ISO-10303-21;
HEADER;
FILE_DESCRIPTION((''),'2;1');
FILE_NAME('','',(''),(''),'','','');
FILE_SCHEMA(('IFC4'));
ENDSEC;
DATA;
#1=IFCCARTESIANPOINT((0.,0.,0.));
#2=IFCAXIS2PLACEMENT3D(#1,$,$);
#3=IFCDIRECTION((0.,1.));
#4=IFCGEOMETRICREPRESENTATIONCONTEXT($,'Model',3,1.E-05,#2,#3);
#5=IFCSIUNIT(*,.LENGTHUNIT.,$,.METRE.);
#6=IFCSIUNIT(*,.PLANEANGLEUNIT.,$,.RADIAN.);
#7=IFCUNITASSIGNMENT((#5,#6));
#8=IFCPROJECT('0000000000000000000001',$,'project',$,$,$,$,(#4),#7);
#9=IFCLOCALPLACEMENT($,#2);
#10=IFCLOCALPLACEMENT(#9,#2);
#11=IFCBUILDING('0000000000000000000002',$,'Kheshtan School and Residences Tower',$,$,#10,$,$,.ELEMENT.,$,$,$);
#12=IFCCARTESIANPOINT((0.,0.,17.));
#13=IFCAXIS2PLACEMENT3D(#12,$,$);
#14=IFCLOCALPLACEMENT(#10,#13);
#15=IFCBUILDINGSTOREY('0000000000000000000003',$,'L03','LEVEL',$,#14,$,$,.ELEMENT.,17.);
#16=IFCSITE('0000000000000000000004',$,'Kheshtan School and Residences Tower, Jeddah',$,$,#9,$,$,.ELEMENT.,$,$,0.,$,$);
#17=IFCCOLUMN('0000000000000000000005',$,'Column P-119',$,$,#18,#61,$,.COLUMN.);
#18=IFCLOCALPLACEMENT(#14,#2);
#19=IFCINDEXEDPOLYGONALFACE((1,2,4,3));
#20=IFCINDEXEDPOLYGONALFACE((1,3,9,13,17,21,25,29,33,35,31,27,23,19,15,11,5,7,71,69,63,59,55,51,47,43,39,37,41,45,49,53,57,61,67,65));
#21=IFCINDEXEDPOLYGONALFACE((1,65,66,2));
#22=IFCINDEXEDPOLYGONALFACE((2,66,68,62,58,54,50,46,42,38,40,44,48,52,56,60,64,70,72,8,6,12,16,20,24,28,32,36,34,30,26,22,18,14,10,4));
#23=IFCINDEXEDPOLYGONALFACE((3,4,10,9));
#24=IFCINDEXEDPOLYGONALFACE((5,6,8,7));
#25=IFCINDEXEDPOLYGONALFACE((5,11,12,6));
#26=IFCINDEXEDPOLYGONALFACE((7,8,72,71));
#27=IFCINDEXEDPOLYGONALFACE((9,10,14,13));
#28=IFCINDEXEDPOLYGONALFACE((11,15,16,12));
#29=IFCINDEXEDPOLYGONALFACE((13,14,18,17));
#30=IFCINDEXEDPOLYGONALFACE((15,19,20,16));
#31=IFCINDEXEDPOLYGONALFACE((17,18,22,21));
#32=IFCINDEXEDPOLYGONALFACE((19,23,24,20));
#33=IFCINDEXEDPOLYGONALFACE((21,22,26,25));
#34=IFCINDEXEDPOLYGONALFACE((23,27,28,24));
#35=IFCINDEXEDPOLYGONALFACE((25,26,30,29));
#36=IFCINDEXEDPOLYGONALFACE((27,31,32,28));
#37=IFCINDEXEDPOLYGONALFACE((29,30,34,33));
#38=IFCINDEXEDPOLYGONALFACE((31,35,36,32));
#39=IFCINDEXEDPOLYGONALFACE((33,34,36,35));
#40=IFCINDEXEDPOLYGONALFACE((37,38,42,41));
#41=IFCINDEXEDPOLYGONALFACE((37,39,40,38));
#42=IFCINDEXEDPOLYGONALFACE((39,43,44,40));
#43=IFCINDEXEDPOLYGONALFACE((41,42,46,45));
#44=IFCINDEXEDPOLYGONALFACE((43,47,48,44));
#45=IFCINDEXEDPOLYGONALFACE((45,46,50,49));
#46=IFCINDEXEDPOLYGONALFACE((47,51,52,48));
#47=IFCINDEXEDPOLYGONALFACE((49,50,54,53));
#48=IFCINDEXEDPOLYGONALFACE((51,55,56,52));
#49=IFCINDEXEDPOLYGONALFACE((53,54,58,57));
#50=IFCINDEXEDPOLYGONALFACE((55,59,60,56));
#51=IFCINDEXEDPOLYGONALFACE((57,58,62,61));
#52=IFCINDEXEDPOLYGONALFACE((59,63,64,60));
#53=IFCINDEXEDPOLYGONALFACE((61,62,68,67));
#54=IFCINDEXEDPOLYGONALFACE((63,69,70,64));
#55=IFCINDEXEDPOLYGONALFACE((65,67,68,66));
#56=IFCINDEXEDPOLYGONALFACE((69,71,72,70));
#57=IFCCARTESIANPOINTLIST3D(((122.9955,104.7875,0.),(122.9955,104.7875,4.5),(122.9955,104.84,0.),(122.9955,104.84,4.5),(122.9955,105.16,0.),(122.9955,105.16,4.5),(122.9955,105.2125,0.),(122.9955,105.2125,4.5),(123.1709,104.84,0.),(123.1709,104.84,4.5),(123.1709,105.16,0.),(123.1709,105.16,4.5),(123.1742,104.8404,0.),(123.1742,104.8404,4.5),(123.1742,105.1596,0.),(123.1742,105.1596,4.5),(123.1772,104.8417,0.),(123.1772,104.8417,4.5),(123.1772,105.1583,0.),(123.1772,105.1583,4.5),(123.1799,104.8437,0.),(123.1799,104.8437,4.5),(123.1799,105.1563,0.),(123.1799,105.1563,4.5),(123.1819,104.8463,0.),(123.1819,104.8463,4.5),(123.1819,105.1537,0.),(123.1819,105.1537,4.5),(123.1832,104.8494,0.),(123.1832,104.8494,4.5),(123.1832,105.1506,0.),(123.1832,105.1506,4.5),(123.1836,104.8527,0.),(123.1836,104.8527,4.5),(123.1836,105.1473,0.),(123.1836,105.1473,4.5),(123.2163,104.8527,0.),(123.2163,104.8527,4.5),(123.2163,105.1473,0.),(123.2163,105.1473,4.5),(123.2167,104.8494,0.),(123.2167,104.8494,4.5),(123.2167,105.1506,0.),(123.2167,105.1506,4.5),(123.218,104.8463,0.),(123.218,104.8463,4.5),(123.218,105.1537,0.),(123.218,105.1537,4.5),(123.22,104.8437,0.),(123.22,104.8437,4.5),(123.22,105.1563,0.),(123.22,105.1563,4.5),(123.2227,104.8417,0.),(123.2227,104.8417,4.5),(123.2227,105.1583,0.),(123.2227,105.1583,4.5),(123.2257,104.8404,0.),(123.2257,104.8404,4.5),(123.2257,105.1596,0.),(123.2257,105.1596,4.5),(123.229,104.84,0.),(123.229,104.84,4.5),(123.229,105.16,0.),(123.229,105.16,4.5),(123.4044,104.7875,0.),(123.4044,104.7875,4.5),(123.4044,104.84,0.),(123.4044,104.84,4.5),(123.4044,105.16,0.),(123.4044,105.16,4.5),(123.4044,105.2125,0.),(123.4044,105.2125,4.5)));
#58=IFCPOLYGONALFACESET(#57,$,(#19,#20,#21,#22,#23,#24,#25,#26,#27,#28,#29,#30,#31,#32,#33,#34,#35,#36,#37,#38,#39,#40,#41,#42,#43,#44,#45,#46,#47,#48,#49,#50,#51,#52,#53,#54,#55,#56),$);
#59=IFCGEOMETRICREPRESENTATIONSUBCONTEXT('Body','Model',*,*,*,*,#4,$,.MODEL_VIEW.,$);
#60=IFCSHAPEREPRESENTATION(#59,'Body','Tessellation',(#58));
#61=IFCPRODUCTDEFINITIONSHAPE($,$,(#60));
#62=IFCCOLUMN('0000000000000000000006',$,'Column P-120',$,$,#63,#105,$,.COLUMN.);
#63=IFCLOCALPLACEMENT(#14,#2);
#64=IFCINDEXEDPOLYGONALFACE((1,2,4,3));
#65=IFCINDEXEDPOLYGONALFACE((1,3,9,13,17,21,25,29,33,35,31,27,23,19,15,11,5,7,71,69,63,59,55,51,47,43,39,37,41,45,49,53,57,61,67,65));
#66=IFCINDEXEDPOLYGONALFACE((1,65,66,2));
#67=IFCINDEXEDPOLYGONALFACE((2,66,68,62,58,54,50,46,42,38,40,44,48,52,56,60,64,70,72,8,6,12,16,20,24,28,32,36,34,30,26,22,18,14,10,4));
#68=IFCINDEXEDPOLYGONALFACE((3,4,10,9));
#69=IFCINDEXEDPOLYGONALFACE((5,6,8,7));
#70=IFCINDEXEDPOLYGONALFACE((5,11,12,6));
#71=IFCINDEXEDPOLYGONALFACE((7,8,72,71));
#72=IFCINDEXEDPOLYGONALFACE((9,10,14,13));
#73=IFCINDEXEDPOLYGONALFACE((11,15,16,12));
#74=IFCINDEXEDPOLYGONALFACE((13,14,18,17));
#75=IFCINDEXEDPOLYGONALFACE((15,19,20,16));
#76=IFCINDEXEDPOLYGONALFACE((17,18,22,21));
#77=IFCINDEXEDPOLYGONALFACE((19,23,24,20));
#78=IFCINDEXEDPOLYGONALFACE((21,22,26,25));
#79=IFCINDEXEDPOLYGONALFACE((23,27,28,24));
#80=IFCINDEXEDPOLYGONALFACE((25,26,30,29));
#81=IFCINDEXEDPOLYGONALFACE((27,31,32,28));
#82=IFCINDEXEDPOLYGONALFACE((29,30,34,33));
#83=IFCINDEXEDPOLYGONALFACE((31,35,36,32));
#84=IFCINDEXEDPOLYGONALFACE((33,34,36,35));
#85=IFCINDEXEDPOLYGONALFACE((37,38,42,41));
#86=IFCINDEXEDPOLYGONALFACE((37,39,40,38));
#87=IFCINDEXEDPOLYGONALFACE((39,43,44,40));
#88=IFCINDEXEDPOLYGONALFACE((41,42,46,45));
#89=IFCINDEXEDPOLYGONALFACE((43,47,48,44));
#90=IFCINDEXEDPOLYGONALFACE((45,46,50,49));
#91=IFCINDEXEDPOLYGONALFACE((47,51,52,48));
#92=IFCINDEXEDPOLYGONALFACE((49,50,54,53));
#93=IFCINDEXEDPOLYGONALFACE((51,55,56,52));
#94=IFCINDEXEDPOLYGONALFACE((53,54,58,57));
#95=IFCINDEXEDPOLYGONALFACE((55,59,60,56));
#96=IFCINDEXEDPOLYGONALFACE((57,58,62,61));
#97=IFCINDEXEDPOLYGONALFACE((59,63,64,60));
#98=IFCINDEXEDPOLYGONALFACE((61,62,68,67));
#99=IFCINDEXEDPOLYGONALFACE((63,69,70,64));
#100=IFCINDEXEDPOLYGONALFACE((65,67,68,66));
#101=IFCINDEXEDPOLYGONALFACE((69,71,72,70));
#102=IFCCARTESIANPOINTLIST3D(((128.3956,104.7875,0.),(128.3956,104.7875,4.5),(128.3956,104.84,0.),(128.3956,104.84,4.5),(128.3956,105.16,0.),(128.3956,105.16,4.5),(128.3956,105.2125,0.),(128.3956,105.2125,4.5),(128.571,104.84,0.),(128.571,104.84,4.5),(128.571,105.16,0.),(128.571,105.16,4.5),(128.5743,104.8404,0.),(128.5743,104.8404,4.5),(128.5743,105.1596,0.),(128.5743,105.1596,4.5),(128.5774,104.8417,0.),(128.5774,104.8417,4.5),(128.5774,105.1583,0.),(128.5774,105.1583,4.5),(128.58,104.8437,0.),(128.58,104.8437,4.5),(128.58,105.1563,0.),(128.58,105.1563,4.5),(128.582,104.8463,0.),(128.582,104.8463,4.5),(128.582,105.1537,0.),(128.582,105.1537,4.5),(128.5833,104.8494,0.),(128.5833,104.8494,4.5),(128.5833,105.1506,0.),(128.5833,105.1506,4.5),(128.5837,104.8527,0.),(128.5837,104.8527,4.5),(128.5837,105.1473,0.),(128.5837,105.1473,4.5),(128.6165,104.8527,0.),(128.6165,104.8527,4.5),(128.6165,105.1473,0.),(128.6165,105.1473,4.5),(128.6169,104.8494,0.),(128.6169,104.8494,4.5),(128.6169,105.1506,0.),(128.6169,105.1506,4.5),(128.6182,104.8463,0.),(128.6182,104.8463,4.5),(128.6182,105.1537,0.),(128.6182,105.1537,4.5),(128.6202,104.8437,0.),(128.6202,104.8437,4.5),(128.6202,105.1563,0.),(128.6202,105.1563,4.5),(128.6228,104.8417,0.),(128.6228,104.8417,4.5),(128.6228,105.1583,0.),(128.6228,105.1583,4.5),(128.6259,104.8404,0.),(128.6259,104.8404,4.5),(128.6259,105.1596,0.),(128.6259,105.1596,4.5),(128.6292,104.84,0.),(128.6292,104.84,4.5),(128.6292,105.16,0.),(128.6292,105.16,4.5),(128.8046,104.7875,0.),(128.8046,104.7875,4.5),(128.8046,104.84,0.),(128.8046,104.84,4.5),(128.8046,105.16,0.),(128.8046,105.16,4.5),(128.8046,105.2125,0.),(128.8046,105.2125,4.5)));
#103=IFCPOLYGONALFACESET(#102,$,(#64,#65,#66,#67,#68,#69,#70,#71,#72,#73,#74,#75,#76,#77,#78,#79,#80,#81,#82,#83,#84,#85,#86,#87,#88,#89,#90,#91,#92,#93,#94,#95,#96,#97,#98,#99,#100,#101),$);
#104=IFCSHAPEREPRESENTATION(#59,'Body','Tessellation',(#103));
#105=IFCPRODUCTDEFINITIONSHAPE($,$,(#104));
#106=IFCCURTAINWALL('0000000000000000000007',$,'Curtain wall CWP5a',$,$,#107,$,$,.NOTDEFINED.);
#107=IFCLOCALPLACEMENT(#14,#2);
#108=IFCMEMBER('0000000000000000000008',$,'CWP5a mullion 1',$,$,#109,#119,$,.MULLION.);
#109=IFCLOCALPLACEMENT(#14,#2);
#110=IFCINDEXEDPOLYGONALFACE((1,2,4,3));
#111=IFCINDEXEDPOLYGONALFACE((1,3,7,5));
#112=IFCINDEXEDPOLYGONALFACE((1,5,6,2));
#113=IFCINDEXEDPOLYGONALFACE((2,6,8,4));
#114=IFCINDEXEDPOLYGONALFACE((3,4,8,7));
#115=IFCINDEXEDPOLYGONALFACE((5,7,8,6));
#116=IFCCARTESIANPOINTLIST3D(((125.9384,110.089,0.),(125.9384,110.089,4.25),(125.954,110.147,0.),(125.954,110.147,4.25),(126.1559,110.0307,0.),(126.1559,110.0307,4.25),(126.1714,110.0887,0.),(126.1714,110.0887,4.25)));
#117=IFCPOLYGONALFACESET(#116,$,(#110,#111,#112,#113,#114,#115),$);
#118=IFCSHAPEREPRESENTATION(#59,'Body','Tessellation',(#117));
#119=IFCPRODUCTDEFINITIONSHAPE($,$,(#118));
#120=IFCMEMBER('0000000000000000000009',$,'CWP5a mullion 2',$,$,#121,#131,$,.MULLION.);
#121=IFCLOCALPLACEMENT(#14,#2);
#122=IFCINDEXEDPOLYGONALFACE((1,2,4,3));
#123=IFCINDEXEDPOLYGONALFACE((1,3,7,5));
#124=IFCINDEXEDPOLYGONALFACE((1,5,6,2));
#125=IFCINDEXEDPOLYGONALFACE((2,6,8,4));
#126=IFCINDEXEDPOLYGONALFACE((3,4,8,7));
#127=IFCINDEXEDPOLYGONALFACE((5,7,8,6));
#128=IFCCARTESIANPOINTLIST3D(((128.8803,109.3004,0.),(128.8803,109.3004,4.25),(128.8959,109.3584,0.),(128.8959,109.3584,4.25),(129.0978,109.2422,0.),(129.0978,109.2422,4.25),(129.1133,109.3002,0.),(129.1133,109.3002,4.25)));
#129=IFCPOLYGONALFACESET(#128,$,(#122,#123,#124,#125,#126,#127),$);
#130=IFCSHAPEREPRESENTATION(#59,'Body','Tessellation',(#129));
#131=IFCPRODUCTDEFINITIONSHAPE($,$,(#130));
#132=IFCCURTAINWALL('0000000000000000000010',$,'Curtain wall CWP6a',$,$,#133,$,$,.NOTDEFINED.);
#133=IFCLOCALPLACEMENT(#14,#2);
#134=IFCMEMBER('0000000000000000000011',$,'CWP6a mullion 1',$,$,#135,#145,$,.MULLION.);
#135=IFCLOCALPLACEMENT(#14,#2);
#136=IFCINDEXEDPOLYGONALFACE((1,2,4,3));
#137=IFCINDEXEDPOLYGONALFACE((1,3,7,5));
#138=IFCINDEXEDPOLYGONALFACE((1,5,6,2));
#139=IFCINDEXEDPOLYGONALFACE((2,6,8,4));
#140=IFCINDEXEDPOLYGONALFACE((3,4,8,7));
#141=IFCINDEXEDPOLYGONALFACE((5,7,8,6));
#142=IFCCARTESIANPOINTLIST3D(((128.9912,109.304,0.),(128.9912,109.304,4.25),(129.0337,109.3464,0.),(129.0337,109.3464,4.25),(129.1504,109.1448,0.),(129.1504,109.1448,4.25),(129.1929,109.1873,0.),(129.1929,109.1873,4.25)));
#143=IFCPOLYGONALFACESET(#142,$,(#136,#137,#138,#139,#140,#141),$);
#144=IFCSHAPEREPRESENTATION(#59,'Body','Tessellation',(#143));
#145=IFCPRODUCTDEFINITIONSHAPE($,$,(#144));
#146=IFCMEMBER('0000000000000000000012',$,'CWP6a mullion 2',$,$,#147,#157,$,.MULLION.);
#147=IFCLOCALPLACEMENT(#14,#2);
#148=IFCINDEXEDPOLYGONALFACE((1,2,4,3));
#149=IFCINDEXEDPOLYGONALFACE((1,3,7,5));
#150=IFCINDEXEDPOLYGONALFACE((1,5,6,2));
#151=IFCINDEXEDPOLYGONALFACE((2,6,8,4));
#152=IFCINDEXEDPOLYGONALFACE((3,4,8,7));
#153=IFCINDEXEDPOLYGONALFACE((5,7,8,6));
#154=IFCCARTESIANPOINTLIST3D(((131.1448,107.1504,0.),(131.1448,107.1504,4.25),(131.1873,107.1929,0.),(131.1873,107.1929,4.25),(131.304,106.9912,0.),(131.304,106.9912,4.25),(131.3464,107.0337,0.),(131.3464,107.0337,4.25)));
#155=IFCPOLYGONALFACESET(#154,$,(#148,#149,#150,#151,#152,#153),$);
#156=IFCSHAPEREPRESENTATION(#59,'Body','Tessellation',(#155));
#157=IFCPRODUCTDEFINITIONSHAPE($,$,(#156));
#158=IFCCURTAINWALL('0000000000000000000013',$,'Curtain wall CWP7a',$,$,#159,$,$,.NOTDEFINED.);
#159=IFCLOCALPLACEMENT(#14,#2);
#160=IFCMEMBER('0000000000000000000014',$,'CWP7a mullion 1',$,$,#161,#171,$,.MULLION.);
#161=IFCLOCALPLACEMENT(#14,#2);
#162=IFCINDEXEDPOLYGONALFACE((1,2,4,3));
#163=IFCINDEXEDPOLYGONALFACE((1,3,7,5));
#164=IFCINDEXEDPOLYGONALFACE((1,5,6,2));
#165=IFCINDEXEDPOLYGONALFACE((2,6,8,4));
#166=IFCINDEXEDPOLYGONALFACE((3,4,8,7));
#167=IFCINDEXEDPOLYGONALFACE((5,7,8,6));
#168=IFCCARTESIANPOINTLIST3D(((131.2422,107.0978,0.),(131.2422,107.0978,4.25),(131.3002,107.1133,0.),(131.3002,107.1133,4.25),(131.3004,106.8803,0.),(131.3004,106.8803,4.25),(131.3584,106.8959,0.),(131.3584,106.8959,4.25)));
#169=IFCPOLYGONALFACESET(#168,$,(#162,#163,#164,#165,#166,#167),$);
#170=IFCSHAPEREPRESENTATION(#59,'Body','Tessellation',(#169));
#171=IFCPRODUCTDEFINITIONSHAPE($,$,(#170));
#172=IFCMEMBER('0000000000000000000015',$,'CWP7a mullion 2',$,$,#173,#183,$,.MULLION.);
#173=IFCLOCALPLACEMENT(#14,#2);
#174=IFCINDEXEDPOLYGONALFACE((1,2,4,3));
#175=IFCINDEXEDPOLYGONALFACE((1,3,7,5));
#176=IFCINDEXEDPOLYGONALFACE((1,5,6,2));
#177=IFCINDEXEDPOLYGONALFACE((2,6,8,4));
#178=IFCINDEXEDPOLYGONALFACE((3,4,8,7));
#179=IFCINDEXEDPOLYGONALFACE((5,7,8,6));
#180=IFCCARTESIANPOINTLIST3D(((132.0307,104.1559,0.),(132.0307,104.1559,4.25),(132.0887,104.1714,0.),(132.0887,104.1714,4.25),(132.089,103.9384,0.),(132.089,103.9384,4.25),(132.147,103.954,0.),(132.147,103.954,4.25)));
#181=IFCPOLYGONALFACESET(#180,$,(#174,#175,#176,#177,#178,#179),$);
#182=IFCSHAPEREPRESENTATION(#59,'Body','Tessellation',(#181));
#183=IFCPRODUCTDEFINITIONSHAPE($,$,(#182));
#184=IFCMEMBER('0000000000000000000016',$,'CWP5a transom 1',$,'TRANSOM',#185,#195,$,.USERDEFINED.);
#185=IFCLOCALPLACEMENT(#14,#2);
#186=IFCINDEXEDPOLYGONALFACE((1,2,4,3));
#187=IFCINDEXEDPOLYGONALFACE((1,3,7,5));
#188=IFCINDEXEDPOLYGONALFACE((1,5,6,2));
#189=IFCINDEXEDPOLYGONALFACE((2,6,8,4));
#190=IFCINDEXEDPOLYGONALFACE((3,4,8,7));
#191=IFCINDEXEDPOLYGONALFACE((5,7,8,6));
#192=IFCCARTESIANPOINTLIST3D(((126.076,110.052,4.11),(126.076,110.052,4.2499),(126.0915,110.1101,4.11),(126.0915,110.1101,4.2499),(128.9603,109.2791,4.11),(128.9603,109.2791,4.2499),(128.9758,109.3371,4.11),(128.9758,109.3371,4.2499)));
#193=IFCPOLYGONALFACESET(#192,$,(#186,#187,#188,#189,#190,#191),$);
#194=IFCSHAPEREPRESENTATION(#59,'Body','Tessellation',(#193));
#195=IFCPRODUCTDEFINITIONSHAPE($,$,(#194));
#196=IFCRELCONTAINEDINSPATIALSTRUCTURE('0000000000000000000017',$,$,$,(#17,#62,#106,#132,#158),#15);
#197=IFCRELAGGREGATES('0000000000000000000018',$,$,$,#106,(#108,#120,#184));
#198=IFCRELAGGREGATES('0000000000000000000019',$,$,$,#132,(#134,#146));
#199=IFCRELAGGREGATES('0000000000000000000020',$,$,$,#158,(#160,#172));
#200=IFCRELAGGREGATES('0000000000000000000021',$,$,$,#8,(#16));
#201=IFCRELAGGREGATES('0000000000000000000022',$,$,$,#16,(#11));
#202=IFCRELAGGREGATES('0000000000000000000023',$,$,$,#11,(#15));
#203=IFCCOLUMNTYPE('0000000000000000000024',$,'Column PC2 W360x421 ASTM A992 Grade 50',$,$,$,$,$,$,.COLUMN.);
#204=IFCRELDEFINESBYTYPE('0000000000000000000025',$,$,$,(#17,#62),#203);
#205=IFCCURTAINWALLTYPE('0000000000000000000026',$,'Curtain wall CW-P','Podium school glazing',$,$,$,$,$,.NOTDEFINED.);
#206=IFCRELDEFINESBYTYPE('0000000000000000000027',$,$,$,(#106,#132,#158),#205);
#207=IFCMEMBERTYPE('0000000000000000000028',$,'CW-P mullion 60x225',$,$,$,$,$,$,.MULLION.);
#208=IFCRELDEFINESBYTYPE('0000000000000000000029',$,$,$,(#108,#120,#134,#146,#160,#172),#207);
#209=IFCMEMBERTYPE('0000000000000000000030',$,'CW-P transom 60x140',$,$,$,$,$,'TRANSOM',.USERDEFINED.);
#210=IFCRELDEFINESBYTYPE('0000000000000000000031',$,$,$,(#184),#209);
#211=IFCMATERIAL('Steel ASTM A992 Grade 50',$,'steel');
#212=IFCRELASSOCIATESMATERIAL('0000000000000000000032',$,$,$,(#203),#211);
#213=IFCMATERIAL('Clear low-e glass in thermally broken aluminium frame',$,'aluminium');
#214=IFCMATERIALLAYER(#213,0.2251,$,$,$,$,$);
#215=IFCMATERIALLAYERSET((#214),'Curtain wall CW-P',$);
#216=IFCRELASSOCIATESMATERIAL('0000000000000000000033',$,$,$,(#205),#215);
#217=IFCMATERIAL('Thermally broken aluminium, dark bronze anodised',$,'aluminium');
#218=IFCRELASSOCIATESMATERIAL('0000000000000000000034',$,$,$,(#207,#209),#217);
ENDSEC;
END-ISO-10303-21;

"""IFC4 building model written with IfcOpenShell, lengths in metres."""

from ifc_helpers import new_model, si_unit, direction, frame, origin, origin_2d, place, context, subcontext, project, spatial, rectangle, i_section, extrude, material, layer, layer_set, material_profile, profile_set, type_object, element, aggregate, save


model = new_model("IFC4")

# Units and contexts
model_context = context("Model", 3, precision=1e-05, world=origin(), true_north=direction((0.0, 1.0)))
body_context = subcontext(model_context, "Body", "Model", "MODEL_VIEW")
ifc_project = project(units=[si_unit("LENGTHUNIT", "METRE"), si_unit("PLANEANGLEUNIT", "RADIAN")], contexts=[model_context])

# Site, building, storey
site_placement = place(None, origin())
site = spatial("IfcSite", under=ifc_project, at=site_placement, Name="Kheshtan School and Residences Tower, Jeddah", CompositionType="ELEMENT", RefElevation=0.0)
building_placement = place(site_placement, origin())
building = spatial("IfcBuilding", under=site, at=building_placement, Name="Kheshtan School and Residences Tower", CompositionType="ELEMENT")
storey_placement = place(building_placement, frame((0.0, 0.0, 17.0)))
storey = spatial("IfcBuildingStorey", under=building, at=storey_placement, Name="L03", Description="LEVEL", CompositionType="ELEMENT", Elevation=17.0)

# Columns
ifc_material_1 = material(Name="Steel ASTM A992 Grade 50", Category="steel")
ifc_material_profile_1 = material_profile(ifc_material_1, i_section(OverallWidth=0.4089, OverallDepth=0.425, WebThickness=0.0327, FlangeThickness=0.0525, FilletRadius=0.0127, at=origin_2d()), Name="W360x421")
ifc_profile_set_1 = profile_set([ifc_material_profile_1], Name="Steel ASTM A992 Grade 50")
column_type = type_object("IfcColumnType", Name="Column PC2 W360x421 ASTM A992 Grade 50", PredefinedType="COLUMN", material=ifc_profile_set_1)
for number, where, z_axis, x_axis, name in (
    (1, (123.2, 105.0, 0.0), (0.0, 0.0, 1.0), (1.0, 0.0, 0.0), "Column P-119"),
    (2, (128.6001, 105.0, 0.0), (0.0, 0.0, 1.0), (1.0, 0.0, 0.0), "Column P-120"),
):
    element("IfcColumn", number, at=place(storey_placement, frame(where, z_axis=z_axis, x_axis=x_axis)), inside=storey, type_object=column_type, Name=name, PredefinedType="COLUMN", context=body_context, shape_type="SweptSolid", body=[
        extrude(i_section(OverallWidth=0.4089, OverallDepth=0.425, WebThickness=0.0327, FlangeThickness=0.0525, FilletRadius=0.0127, at=origin_2d()), origin(), (0.0, 0.0, 1.0), 4.5),
    ])

# Curtain walls, members
ifc_material_2 = material(Name="Clear low-e glass in thermally broken aluminium frame", Category="aluminium")
ifc_layer_1 = layer(ifc_material_2, 0.2251)
ifc_layer_set_1 = layer_set([ifc_layer_1], Name="Curtain wall CW-P")
curtain_wall_type = type_object("IfcCurtainWallType", Name="Curtain wall CW-P", Description="Podium school glazing", PredefinedType="NOTDEFINED", material=ifc_layer_set_1)
curtain_wall_1_placement = place(storey_placement, origin())
curtain_wall_1 = element("IfcCurtainWall", 3, at=curtain_wall_1_placement, inside=storey, type_object=curtain_wall_type, Name="Curtain wall CWP5a", PredefinedType="NOTDEFINED")
ifc_material_3 = material(Name="Thermally broken aluminium, dark bronze anodised", Category="aluminium")
ifc_material_profile_2 = material_profile(ifc_material_3, rectangle(XDim=0.0601, YDim=0.2251, at=origin_2d()), Name="CW-P mullion 60x225")
ifc_profile_set_2 = profile_set([ifc_material_profile_2], Name="Thermally broken aluminium, dark bronze anodised")
member_type_1 = type_object("IfcMemberType", Name="CW-P mullion 60x225", PredefinedType="MULLION", material=ifc_profile_set_2)
member_1_placement = place(storey_placement, frame((126.0549, 110.0889, 0.0), z_axis=(0.0, 0.0, 1.0), x_axis=(0.258865, 0.965914, 0.0)))
member_1 = element("IfcMember", 4, at=member_1_placement, type_object=member_type_1, Name="CWP5a mullion 1", PredefinedType="MULLION", context=body_context, shape_type="SweptSolid", body=[
    extrude(rectangle(XDim=0.0601, YDim=0.2251, at=origin_2d()), origin(), (0.0, 0.0, 1.0), 4.25),
])
member_2_placement = place(storey_placement, frame((128.9968, 109.3003, 0.0), z_axis=(0.0, 0.0, 1.0), x_axis=(0.258865, 0.965914, 0.0)))
member_2 = element("IfcMember", 5, at=member_2_placement, type_object=member_type_1, Name="CWP5a mullion 2", PredefinedType="MULLION", context=body_context, shape_type="SweptSolid", body=[
    extrude(rectangle(XDim=0.0601, YDim=0.2251, at=origin_2d()), origin(), (0.0, 0.0, 1.0), 4.25),
])
curtain_wall_2_placement = place(storey_placement, origin())
curtain_wall_2 = element("IfcCurtainWall", 6, at=curtain_wall_2_placement, inside=storey, type_object=curtain_wall_type, Name="Curtain wall CWP6a", PredefinedType="NOTDEFINED")
member_3_placement = place(storey_placement, frame((129.092, 109.2456, 0.0), z_axis=(0.0, 0.0, 1.0), x_axis=(0.707107, 0.707107, 0.0)))
member_3 = element("IfcMember", 7, at=member_3_placement, type_object=member_type_1, Name="CWP6a mullion 1", PredefinedType="MULLION", context=body_context, shape_type="SweptSolid", body=[
    extrude(rectangle(XDim=0.0601, YDim=0.2251, at=origin_2d()), origin(), (0.0, 0.0, 1.0), 4.25),
])
member_4_placement = place(storey_placement, frame((131.2456, 107.092, 0.0), z_axis=(0.0, 0.0, 1.0), x_axis=(0.707107, 0.707107, 0.0)))
member_4 = element("IfcMember", 8, at=member_4_placement, type_object=member_type_1, Name="CWP6a mullion 2", PredefinedType="MULLION", context=body_context, shape_type="SweptSolid", body=[
    extrude(rectangle(XDim=0.0601, YDim=0.2251, at=origin_2d()), origin(), (0.0, 0.0, 1.0), 4.25),
])
curtain_wall_3_placement = place(storey_placement, origin())
curtain_wall_3 = element("IfcCurtainWall", 9, at=curtain_wall_3_placement, inside=storey, type_object=curtain_wall_type, Name="Curtain wall CWP7a", PredefinedType="NOTDEFINED")
member_5_placement = place(storey_placement, frame((131.3003, 106.9968, 0.0), z_axis=(0.0, 0.0, 1.0), x_axis=(0.965914, 0.258865, 0.0)))
member_5 = element("IfcMember", 10, at=member_5_placement, type_object=member_type_1, Name="CWP7a mullion 1", PredefinedType="MULLION", context=body_context, shape_type="SweptSolid", body=[
    extrude(rectangle(XDim=0.0601, YDim=0.2251, at=origin_2d()), origin(), (0.0, 0.0, 1.0), 4.25),
])
member_6_placement = place(storey_placement, frame((132.0889, 104.0549, 0.0), z_axis=(0.0, 0.0, 1.0), x_axis=(0.965914, 0.258865, 0.0)))
member_6 = element("IfcMember", 11, at=member_6_placement, type_object=member_type_1, Name="CWP7a mullion 2", PredefinedType="MULLION", context=body_context, shape_type="SweptSolid", body=[
    extrude(rectangle(XDim=0.0601, YDim=0.2251, at=origin_2d()), origin(), (0.0, 0.0, 1.0), 4.25),
])

# Member
ifc_material_profile_3 = material_profile(ifc_material_3, rectangle(XDim=0.0601, YDim=0.1399, at=origin_2d()), Name="CW-P transom 60x140")
ifc_profile_set_3 = profile_set([ifc_material_profile_3], Name="Thermally broken aluminium, dark bronze anodised")
member_type_2 = type_object("IfcMemberType", Name="CW-P transom 60x140", ElementType="TRANSOM", PredefinedType="USERDEFINED", material=ifc_profile_set_3)
member_7_placement = place(storey_placement, frame((126.0837, 110.0811, 4.1799), z_axis=(0.965917, -0.258853, 0.0), x_axis=(0.258853, 0.965917, 0.0)))
member_7 = element("IfcMember", 12, at=member_7_placement, type_object=member_type_2, Name="CWP5a transom 1", ObjectType="TRANSOM", PredefinedType="USERDEFINED", context=body_context, shape_type="SweptSolid", body=[
    extrude(rectangle(XDim=0.0601, YDim=0.1399, at=origin_2d()), origin(), (0.0, 0.0, 1.0), 2.9861),
])

aggregate(curtain_wall_1, [member_1, member_2, member_7])
aggregate(curtain_wall_2, [member_3, member_4])
aggregate(curtain_wall_3, [member_5, member_6])

save(model, "model.ifc")
